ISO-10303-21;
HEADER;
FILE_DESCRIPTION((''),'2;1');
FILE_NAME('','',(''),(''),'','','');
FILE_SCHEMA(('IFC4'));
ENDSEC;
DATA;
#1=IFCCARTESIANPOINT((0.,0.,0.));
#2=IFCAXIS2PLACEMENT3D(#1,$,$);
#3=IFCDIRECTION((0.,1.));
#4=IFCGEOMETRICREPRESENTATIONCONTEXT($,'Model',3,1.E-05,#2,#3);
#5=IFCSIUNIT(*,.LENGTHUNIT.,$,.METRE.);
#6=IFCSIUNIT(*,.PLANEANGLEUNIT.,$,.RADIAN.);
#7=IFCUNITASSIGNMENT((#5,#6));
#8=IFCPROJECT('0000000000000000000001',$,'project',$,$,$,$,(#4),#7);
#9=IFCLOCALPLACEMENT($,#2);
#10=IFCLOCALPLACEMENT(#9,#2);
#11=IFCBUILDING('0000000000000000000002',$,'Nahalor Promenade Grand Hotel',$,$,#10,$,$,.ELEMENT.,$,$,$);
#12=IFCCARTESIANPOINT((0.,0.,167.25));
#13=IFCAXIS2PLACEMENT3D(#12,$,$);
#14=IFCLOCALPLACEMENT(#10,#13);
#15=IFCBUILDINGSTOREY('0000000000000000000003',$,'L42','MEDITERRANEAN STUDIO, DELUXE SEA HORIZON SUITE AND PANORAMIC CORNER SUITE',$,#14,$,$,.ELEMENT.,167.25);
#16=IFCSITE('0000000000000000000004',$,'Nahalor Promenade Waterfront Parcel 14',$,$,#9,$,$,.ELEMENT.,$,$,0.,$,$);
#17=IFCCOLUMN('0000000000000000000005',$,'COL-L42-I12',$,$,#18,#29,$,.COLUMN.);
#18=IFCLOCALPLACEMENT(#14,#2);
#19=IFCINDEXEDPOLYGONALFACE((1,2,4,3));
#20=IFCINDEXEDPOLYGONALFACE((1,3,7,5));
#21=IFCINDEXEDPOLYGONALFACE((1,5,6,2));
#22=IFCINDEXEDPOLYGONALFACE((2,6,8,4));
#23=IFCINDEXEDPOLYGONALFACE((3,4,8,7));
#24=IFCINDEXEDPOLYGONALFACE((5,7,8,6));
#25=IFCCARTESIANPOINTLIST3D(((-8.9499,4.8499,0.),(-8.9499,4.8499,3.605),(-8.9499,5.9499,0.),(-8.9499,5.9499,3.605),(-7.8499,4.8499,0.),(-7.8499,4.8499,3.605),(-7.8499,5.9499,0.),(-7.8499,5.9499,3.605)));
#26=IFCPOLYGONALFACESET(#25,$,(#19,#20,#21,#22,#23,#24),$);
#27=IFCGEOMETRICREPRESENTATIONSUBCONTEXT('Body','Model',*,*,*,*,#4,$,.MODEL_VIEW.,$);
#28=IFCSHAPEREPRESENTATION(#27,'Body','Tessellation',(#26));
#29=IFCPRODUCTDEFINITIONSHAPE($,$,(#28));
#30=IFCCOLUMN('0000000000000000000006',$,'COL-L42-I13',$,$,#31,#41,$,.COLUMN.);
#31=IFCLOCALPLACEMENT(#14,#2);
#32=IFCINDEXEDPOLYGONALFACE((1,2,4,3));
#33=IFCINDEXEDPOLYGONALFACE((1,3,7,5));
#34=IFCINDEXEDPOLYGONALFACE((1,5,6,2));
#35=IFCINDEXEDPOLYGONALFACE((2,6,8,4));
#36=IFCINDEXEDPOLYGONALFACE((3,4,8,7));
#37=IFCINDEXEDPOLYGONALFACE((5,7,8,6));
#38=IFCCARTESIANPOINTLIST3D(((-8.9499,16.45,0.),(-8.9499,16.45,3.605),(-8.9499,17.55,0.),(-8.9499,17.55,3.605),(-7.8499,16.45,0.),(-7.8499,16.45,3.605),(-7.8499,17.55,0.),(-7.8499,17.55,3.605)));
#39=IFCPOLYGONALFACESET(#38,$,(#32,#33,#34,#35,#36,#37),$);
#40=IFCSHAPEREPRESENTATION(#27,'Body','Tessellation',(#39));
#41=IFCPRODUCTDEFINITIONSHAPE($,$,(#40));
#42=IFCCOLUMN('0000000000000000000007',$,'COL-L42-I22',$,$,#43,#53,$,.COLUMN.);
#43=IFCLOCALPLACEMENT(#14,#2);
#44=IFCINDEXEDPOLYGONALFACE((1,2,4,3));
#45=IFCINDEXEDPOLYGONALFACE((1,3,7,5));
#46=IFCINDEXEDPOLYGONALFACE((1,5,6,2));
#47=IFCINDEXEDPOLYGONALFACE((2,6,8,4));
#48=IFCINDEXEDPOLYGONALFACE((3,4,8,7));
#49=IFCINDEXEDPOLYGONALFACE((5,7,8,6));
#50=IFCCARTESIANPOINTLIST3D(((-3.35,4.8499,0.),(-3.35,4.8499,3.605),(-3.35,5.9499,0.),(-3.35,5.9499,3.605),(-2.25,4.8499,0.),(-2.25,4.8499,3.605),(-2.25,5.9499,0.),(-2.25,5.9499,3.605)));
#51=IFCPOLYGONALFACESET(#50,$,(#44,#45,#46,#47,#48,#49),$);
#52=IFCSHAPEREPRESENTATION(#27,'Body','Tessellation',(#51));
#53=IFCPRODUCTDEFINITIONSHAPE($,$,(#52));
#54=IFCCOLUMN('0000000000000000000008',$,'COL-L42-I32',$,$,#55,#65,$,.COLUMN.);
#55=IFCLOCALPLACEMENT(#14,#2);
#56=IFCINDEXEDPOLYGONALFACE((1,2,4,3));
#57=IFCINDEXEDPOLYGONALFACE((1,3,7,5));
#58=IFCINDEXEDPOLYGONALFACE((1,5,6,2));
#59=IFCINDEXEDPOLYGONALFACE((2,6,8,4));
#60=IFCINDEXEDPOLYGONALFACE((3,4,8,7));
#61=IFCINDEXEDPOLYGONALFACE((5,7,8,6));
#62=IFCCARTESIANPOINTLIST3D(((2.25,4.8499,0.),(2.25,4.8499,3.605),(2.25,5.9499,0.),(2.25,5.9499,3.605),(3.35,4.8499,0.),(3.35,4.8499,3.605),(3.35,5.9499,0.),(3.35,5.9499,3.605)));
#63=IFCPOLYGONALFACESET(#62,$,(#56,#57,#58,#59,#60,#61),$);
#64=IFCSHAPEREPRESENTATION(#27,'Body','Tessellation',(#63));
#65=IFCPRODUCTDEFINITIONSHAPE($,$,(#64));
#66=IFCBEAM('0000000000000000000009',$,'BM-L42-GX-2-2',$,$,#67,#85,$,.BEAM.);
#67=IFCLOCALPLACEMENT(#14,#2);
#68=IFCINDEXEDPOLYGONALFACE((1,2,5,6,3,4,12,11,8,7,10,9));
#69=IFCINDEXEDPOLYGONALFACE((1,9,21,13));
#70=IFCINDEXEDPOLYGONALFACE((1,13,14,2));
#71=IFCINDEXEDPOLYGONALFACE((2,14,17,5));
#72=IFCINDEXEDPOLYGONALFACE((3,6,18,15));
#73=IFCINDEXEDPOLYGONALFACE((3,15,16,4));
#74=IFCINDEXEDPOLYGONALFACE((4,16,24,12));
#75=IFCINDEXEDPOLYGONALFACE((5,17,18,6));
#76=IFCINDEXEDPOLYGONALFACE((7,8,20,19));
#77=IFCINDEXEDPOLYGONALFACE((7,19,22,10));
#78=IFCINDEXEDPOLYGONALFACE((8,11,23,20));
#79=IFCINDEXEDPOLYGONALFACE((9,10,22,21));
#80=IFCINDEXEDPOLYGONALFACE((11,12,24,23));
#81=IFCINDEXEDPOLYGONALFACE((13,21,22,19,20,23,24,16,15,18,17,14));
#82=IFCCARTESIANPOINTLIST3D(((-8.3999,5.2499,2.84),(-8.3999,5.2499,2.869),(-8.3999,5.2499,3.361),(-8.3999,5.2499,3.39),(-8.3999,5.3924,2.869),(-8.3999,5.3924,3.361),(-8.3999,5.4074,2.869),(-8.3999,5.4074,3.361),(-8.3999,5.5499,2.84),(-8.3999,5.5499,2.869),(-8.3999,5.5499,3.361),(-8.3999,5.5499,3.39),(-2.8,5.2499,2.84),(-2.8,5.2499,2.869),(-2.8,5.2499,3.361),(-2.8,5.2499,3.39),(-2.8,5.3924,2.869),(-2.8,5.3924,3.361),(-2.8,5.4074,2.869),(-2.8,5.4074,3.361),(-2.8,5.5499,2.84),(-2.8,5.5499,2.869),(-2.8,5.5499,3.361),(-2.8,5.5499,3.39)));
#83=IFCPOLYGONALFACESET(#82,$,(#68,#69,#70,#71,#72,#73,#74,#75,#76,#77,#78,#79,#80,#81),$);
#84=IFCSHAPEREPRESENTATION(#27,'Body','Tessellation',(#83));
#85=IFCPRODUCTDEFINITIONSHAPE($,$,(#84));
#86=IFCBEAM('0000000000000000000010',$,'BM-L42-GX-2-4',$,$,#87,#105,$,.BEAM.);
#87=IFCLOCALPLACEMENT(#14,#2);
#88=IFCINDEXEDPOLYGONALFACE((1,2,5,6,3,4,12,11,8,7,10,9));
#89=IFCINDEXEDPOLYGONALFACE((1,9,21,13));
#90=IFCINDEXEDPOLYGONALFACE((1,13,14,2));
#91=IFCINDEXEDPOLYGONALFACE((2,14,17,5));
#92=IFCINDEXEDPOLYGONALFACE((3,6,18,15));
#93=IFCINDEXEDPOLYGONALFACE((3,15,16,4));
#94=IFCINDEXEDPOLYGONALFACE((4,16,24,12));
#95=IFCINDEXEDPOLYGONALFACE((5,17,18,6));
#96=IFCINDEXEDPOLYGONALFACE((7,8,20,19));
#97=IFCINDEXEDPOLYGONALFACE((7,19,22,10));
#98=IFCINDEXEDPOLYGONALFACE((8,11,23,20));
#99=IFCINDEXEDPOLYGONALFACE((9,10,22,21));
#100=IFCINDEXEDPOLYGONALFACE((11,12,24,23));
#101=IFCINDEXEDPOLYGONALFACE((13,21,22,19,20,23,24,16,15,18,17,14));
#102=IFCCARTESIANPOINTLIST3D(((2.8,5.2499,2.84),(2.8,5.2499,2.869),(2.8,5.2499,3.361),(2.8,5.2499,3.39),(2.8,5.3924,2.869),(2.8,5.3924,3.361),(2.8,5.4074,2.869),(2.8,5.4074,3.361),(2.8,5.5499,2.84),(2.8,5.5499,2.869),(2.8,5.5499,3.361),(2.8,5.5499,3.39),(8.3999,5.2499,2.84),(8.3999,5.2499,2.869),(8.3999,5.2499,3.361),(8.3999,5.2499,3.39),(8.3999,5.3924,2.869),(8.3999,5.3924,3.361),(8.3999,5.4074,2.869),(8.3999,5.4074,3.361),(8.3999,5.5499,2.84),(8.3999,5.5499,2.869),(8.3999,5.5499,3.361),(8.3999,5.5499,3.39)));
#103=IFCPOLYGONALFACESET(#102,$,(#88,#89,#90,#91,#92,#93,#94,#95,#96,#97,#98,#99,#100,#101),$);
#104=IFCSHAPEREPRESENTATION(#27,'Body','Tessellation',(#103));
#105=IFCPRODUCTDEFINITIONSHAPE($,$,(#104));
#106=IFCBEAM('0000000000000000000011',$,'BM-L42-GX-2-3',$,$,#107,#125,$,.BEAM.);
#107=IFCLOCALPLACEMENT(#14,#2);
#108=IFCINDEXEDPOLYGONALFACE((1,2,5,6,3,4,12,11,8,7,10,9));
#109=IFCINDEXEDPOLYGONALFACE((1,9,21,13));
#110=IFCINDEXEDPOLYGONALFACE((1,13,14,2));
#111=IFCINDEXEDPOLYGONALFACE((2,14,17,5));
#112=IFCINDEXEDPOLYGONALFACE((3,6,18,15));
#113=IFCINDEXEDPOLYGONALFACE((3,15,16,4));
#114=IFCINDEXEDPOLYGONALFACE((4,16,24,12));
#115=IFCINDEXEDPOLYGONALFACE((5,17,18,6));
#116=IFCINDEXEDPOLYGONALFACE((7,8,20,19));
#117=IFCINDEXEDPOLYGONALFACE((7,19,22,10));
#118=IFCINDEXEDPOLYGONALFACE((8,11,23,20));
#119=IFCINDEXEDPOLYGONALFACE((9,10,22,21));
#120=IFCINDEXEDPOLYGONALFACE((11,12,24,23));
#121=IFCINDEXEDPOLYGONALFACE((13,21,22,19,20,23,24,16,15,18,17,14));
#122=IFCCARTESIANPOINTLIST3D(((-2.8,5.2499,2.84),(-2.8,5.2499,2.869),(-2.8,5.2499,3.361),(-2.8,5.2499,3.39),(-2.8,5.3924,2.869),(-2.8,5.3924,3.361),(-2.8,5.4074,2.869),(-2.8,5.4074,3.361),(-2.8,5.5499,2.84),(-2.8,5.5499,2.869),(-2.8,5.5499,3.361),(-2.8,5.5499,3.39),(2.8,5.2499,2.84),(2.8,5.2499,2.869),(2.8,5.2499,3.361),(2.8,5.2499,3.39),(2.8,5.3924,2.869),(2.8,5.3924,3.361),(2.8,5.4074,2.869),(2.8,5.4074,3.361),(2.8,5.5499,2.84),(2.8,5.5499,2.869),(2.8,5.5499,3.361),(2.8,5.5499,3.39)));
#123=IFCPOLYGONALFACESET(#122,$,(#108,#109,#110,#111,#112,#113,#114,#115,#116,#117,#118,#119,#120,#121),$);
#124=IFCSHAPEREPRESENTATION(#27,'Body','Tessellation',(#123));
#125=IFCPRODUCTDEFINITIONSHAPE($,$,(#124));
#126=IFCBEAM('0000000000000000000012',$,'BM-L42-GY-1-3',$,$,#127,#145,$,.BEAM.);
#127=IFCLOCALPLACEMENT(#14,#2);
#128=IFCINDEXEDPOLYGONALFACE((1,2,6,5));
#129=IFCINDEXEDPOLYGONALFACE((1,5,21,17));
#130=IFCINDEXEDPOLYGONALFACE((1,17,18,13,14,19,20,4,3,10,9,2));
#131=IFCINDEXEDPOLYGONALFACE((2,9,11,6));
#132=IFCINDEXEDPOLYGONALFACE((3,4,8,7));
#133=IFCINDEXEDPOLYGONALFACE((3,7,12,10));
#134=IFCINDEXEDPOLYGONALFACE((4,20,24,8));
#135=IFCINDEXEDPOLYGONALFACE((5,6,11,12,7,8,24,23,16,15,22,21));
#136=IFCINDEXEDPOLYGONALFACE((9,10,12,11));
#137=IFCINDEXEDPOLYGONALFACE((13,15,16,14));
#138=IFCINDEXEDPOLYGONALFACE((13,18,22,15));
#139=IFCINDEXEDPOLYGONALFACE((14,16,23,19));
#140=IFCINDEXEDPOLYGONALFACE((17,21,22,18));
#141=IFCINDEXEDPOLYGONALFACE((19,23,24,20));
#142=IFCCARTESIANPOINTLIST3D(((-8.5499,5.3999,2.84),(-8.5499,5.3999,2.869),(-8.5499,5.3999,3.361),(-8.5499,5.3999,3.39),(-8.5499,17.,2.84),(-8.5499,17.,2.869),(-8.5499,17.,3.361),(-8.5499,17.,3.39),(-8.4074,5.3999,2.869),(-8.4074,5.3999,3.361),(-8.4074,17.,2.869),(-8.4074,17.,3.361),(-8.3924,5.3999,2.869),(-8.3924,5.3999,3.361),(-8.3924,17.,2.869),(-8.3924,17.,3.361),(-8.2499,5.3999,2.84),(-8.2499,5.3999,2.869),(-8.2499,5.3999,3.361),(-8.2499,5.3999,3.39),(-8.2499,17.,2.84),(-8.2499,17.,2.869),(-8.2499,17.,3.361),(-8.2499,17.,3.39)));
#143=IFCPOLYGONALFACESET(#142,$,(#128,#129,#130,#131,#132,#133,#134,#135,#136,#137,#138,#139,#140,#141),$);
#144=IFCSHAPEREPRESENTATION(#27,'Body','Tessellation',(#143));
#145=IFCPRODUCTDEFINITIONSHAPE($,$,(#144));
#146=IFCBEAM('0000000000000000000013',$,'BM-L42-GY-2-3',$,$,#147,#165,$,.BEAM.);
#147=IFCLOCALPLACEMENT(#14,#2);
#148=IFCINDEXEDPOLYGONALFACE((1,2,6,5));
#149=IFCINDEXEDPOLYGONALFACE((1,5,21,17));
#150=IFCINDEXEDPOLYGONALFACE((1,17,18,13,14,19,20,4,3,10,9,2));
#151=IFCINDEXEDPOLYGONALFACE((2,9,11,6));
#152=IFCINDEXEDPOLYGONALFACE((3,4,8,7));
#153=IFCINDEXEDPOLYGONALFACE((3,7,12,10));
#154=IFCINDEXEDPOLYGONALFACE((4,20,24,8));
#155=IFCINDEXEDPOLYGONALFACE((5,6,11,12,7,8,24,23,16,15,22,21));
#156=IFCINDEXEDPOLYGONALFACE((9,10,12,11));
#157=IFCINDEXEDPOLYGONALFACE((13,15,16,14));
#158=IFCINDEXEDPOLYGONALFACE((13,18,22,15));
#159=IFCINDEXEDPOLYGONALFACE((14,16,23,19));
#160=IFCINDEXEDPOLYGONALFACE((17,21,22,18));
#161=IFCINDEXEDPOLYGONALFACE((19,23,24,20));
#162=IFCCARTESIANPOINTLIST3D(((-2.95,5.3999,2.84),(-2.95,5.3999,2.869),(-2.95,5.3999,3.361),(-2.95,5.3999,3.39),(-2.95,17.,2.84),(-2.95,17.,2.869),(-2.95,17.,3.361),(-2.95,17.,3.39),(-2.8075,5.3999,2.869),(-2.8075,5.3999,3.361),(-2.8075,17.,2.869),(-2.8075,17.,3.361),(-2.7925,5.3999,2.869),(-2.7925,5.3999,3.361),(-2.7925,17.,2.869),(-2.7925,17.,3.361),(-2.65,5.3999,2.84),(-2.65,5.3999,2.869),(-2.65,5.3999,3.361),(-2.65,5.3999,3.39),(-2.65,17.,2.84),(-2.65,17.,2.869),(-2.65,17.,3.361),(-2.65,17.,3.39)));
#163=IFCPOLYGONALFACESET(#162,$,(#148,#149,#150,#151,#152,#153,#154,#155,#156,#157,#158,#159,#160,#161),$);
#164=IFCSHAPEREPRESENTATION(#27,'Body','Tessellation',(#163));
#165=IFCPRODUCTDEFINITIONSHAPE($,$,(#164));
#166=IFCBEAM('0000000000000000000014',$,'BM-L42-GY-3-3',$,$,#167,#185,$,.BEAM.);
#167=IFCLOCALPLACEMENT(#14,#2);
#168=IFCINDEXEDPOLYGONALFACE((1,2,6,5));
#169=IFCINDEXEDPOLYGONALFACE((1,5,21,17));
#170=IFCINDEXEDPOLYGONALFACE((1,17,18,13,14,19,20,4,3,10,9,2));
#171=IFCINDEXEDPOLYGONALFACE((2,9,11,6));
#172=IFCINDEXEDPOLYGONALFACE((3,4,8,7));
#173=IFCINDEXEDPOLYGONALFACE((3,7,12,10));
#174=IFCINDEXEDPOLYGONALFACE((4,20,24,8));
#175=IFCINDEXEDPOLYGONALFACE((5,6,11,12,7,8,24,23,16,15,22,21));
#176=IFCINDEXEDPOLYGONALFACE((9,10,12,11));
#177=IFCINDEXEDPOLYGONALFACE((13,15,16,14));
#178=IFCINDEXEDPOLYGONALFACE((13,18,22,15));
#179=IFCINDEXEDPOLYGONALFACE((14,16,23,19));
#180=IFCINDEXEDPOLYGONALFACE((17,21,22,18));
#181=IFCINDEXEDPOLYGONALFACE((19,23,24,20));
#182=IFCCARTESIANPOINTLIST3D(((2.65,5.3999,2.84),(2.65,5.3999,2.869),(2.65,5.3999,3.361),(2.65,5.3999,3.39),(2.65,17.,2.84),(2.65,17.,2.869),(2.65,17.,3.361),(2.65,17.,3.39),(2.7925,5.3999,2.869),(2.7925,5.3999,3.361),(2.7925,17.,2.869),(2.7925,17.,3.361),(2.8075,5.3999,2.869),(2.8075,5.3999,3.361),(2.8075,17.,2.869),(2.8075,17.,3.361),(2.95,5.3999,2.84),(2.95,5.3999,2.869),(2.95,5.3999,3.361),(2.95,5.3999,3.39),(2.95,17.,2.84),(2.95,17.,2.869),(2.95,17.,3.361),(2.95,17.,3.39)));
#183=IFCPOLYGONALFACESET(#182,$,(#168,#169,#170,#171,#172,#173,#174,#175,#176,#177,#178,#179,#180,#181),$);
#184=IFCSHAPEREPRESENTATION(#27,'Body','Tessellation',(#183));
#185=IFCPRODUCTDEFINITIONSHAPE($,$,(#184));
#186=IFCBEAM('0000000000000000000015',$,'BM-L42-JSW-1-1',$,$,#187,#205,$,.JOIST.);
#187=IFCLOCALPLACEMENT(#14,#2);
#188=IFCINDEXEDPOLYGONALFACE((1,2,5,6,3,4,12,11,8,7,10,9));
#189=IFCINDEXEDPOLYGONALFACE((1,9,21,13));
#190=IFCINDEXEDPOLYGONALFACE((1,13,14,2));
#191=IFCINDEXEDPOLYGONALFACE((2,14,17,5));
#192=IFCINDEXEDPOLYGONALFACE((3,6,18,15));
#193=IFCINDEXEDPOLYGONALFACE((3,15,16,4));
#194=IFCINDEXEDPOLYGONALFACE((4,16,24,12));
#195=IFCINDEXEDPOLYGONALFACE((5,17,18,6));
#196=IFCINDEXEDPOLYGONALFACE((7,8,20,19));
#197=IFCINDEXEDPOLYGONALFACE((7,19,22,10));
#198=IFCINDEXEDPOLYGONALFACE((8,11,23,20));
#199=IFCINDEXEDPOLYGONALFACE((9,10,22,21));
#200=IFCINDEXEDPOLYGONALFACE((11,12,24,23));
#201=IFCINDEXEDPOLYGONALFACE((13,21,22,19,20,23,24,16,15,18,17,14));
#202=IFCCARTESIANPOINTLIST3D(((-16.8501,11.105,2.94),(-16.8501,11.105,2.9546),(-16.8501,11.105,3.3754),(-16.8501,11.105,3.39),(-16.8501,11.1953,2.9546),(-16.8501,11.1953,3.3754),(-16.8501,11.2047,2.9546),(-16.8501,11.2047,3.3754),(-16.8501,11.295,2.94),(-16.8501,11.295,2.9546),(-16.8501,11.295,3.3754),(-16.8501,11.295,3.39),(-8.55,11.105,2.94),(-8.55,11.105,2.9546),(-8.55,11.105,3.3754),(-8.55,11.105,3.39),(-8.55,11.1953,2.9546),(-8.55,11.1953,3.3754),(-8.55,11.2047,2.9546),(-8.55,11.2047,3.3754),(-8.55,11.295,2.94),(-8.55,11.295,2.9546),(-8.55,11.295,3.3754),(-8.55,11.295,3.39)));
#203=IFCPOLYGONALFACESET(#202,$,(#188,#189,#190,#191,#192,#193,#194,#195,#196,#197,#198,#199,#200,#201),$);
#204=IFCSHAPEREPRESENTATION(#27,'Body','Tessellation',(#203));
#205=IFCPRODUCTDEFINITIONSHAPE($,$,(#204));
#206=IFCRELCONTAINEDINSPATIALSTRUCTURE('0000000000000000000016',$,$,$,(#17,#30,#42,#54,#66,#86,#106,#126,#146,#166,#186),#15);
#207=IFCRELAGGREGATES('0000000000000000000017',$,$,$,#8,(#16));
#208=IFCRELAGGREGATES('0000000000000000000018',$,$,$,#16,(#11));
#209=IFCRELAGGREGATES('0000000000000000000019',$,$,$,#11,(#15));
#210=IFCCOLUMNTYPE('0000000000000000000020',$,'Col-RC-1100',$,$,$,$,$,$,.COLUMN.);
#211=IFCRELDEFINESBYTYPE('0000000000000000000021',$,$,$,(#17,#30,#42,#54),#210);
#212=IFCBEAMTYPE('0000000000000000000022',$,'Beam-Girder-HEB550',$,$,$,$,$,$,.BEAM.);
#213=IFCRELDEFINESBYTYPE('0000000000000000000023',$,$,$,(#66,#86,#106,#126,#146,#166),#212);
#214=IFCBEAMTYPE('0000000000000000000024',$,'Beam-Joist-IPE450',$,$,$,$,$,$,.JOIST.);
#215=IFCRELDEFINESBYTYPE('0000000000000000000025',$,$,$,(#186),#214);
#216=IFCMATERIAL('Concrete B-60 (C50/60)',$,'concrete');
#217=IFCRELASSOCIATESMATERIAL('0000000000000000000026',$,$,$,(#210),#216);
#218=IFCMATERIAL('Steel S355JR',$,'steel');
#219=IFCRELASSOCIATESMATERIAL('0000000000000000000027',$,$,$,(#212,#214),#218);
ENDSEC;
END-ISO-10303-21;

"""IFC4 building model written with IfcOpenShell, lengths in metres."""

from ifc_helpers import new_model, si_unit, direction, frame, origin, origin_2d, place, context, subcontext, project, spatial, rectangle, i_section, extrude, source, transform, mapped, material, material_profile, profile_set, type_object, element, save


model = new_model("IFC4")

# Units and contexts
model_context = context("Model", 3, precision=1e-05, world=origin(), true_north=direction((0.0, 1.0)))
body_context = subcontext(model_context, "Body", "Model", "MODEL_VIEW")
ifc_project = project(units=[si_unit("LENGTHUNIT", "METRE"), si_unit("PLANEANGLEUNIT", "RADIAN")], contexts=[model_context])

# Site, building, storey
site_placement = place(None, origin())
site = spatial("IfcSite", under=ifc_project, at=site_placement, Name="Nahalor Promenade Waterfront Parcel 14", CompositionType="ELEMENT", RefElevation=0.0)
building_placement = place(site_placement, origin())
building = spatial("IfcBuilding", under=site, at=building_placement, Name="Nahalor Promenade Grand Hotel", CompositionType="ELEMENT")
storey_placement = place(building_placement, frame((0.0, 0.0, 167.25)))
storey = spatial("IfcBuildingStorey", under=building, at=storey_placement, Name="L42", Description="MEDITERRANEAN STUDIO, DELUXE SEA HORIZON SUITE AND PANORAMIC CORNER SUITE", CompositionType="ELEMENT", Elevation=167.25)

# Columns
ifc_material_1 = material(Name="Concrete B-60 (C50/60)", Category="concrete")
ifc_material_profile_1 = material_profile(ifc_material_1, rectangle(XDim=1.1, YDim=1.1, at=origin_2d()), Name="RC 1100x1100")
ifc_profile_set_1 = profile_set([ifc_material_profile_1], Name="Concrete B-60 (C50/60)")
column_type = type_object("IfcColumnType", Name="Col-RC-1100", PredefinedType="COLUMN", material=ifc_profile_set_1)
shared_shape_1 = source(origin(), body_context, "Body", "SweptSolid", [
    extrude(rectangle(XDim=1.1, YDim=1.1, at=origin_2d()), origin(), (0.0, 0.0, 1.0), 3.605),
])
for number, where, z_axis, x_axis, name in (
    (1, (-8.3999, 5.3999, 0.0), (0.0, 0.0, 1.0), (1.0, 0.0, 0.0), "COL-L42-I12"),
    (2, (-8.3999, 17.0, 0.0), (0.0, 0.0, 1.0), (1.0, 0.0, 0.0), "COL-L42-I13"),
    (3, (-2.8, 5.3999, 0.0), (0.0, 0.0, 1.0), (1.0, 0.0, 0.0), "COL-L42-I22"),
    (4, (2.8, 5.3999, 0.0), (0.0, 0.0, 1.0), (1.0, 0.0, 0.0), "COL-L42-I32"),
):
    element("IfcColumn", number, at=place(storey_placement, frame(where, z_axis=z_axis, x_axis=x_axis)), inside=storey, type_object=column_type, Name=name, PredefinedType="COLUMN", context=body_context, shape_type="MappedRepresentation", body=[
        mapped(shared_shape_1, transform((0.0, 0.0, 0.0), scale=1.0)),
    ])

# Beams
ifc_material_2 = material(Name="Steel S355JR", Category="steel")
ifc_material_profile_2 = material_profile(ifc_material_2, i_section(OverallWidth=0.3, OverallDepth=0.55, WebThickness=0.015, FlangeThickness=0.029, at=origin_2d()), Name="HEB 550")
ifc_profile_set_2 = profile_set([ifc_material_profile_2], Name="Steel S355JR")
beam_type_1 = type_object("IfcBeamType", Name="Beam-Girder-HEB550", PredefinedType="BEAM", material=ifc_profile_set_2)
shared_shape_2 = source(origin(), body_context, "Body", "SweptSolid", [
    extrude(i_section(OverallWidth=0.3, OverallDepth=0.55, WebThickness=0.015, FlangeThickness=0.029, at=origin_2d()), origin(), (0.0, 0.0, 1.0), 5.5999),
])
for number, where, z_axis, x_axis, name in (
    (5, (-8.3999, 5.3999, 3.115), (1.0, 0.0, 0.0), (0.0, 1.0, 0.0), "BM-L42-GX-2-2"),
    (6, (2.8, 5.3999, 3.115), (1.0, 0.0, 0.0), (0.0, 1.0, 0.0), "BM-L42-GX-2-4"),
):
    element("IfcBeam", number, at=place(storey_placement, frame(where, z_axis=z_axis, x_axis=x_axis)), inside=storey, type_object=beam_type_1, Name=name, PredefinedType="BEAM", context=body_context, shape_type="MappedRepresentation", body=[
        mapped(shared_shape_2, transform((0.0, 0.0, 0.0), scale=1.0)),
    ])
shared_shape_3 = source(origin(), body_context, "Body", "SweptSolid", [
    extrude(i_section(OverallWidth=0.3, OverallDepth=0.55, WebThickness=0.015, FlangeThickness=0.029, at=origin_2d()), origin(), (0.0, 0.0, 1.0), 5.6001),
])
beam_1_placement = place(storey_placement, frame((-2.8, 5.3999, 3.115), z_axis=(1.0, 0.0, 0.0), x_axis=(0.0, 1.0, 0.0)))
element("IfcBeam", 7, at=beam_1_placement, inside=storey, type_object=beam_type_1, Name="BM-L42-GX-2-3", PredefinedType="BEAM", context=body_context, shape_type="MappedRepresentation", body=[
    mapped(shared_shape_3, transform((0.0, 0.0, 0.0), scale=1.0)),
])
shared_shape_4 = source(origin(), body_context, "Body", "SweptSolid", [
    extrude(i_section(OverallWidth=0.3, OverallDepth=0.55, WebThickness=0.015, FlangeThickness=0.029, at=origin_2d()), origin(), (0.0, 0.0, 1.0), 11.6001),
])
for number, where, z_axis, x_axis, name in (
    (8, (-8.3999, 5.3999, 3.115), (0.0, 1.0, 0.0), (-1.0, 0.0, 0.0), "BM-L42-GY-1-3"),
    (9, (-2.8, 5.3999, 3.115), (0.0, 1.0, 0.0), (-1.0, 0.0, 0.0), "BM-L42-GY-2-3"),
    (10, (2.8, 5.3999, 3.115), (0.0, 1.0, 0.0), (-1.0, 0.0, 0.0), "BM-L42-GY-3-3"),
):
    element("IfcBeam", number, at=place(storey_placement, frame(where, z_axis=z_axis, x_axis=x_axis)), inside=storey, type_object=beam_type_1, Name=name, PredefinedType="BEAM", context=body_context, shape_type="MappedRepresentation", body=[
        mapped(shared_shape_4, transform((0.0, 0.0, 0.0), scale=1.0)),
    ])
ifc_material_profile_3 = material_profile(ifc_material_2, i_section(OverallWidth=0.19, OverallDepth=0.45, WebThickness=0.0094, FlangeThickness=0.0146, at=origin_2d()), Name="IPE 450")
ifc_profile_set_3 = profile_set([ifc_material_profile_3], Name="Steel S355JR")
beam_type_2 = type_object("IfcBeamType", Name="Beam-Joist-IPE450", PredefinedType="JOIST", material=ifc_profile_set_3)
shared_shape_5 = source(origin(), body_context, "Body", "SweptSolid", [
    extrude(i_section(OverallWidth=0.19, OverallDepth=0.45, WebThickness=0.0094, FlangeThickness=0.0146, at=origin_2d()), origin(), (0.0, 0.0, 1.0), 8.3),
])
beam_2_placement = place(storey_placement, frame((-16.8501, 11.2, 3.165), z_axis=(1.0, 0.0, 0.0), x_axis=(0.0, 1.0, 0.0)))
element("IfcBeam", 11, at=beam_2_placement, inside=storey, type_object=beam_type_2, Name="BM-L42-JSW-1-1", PredefinedType="JOIST", context=body_context, shape_type="MappedRepresentation", body=[
    mapped(shared_shape_5, transform((0.0, 0.0, 0.0), scale=1.0)),
])

save(model, "model.ifc")
